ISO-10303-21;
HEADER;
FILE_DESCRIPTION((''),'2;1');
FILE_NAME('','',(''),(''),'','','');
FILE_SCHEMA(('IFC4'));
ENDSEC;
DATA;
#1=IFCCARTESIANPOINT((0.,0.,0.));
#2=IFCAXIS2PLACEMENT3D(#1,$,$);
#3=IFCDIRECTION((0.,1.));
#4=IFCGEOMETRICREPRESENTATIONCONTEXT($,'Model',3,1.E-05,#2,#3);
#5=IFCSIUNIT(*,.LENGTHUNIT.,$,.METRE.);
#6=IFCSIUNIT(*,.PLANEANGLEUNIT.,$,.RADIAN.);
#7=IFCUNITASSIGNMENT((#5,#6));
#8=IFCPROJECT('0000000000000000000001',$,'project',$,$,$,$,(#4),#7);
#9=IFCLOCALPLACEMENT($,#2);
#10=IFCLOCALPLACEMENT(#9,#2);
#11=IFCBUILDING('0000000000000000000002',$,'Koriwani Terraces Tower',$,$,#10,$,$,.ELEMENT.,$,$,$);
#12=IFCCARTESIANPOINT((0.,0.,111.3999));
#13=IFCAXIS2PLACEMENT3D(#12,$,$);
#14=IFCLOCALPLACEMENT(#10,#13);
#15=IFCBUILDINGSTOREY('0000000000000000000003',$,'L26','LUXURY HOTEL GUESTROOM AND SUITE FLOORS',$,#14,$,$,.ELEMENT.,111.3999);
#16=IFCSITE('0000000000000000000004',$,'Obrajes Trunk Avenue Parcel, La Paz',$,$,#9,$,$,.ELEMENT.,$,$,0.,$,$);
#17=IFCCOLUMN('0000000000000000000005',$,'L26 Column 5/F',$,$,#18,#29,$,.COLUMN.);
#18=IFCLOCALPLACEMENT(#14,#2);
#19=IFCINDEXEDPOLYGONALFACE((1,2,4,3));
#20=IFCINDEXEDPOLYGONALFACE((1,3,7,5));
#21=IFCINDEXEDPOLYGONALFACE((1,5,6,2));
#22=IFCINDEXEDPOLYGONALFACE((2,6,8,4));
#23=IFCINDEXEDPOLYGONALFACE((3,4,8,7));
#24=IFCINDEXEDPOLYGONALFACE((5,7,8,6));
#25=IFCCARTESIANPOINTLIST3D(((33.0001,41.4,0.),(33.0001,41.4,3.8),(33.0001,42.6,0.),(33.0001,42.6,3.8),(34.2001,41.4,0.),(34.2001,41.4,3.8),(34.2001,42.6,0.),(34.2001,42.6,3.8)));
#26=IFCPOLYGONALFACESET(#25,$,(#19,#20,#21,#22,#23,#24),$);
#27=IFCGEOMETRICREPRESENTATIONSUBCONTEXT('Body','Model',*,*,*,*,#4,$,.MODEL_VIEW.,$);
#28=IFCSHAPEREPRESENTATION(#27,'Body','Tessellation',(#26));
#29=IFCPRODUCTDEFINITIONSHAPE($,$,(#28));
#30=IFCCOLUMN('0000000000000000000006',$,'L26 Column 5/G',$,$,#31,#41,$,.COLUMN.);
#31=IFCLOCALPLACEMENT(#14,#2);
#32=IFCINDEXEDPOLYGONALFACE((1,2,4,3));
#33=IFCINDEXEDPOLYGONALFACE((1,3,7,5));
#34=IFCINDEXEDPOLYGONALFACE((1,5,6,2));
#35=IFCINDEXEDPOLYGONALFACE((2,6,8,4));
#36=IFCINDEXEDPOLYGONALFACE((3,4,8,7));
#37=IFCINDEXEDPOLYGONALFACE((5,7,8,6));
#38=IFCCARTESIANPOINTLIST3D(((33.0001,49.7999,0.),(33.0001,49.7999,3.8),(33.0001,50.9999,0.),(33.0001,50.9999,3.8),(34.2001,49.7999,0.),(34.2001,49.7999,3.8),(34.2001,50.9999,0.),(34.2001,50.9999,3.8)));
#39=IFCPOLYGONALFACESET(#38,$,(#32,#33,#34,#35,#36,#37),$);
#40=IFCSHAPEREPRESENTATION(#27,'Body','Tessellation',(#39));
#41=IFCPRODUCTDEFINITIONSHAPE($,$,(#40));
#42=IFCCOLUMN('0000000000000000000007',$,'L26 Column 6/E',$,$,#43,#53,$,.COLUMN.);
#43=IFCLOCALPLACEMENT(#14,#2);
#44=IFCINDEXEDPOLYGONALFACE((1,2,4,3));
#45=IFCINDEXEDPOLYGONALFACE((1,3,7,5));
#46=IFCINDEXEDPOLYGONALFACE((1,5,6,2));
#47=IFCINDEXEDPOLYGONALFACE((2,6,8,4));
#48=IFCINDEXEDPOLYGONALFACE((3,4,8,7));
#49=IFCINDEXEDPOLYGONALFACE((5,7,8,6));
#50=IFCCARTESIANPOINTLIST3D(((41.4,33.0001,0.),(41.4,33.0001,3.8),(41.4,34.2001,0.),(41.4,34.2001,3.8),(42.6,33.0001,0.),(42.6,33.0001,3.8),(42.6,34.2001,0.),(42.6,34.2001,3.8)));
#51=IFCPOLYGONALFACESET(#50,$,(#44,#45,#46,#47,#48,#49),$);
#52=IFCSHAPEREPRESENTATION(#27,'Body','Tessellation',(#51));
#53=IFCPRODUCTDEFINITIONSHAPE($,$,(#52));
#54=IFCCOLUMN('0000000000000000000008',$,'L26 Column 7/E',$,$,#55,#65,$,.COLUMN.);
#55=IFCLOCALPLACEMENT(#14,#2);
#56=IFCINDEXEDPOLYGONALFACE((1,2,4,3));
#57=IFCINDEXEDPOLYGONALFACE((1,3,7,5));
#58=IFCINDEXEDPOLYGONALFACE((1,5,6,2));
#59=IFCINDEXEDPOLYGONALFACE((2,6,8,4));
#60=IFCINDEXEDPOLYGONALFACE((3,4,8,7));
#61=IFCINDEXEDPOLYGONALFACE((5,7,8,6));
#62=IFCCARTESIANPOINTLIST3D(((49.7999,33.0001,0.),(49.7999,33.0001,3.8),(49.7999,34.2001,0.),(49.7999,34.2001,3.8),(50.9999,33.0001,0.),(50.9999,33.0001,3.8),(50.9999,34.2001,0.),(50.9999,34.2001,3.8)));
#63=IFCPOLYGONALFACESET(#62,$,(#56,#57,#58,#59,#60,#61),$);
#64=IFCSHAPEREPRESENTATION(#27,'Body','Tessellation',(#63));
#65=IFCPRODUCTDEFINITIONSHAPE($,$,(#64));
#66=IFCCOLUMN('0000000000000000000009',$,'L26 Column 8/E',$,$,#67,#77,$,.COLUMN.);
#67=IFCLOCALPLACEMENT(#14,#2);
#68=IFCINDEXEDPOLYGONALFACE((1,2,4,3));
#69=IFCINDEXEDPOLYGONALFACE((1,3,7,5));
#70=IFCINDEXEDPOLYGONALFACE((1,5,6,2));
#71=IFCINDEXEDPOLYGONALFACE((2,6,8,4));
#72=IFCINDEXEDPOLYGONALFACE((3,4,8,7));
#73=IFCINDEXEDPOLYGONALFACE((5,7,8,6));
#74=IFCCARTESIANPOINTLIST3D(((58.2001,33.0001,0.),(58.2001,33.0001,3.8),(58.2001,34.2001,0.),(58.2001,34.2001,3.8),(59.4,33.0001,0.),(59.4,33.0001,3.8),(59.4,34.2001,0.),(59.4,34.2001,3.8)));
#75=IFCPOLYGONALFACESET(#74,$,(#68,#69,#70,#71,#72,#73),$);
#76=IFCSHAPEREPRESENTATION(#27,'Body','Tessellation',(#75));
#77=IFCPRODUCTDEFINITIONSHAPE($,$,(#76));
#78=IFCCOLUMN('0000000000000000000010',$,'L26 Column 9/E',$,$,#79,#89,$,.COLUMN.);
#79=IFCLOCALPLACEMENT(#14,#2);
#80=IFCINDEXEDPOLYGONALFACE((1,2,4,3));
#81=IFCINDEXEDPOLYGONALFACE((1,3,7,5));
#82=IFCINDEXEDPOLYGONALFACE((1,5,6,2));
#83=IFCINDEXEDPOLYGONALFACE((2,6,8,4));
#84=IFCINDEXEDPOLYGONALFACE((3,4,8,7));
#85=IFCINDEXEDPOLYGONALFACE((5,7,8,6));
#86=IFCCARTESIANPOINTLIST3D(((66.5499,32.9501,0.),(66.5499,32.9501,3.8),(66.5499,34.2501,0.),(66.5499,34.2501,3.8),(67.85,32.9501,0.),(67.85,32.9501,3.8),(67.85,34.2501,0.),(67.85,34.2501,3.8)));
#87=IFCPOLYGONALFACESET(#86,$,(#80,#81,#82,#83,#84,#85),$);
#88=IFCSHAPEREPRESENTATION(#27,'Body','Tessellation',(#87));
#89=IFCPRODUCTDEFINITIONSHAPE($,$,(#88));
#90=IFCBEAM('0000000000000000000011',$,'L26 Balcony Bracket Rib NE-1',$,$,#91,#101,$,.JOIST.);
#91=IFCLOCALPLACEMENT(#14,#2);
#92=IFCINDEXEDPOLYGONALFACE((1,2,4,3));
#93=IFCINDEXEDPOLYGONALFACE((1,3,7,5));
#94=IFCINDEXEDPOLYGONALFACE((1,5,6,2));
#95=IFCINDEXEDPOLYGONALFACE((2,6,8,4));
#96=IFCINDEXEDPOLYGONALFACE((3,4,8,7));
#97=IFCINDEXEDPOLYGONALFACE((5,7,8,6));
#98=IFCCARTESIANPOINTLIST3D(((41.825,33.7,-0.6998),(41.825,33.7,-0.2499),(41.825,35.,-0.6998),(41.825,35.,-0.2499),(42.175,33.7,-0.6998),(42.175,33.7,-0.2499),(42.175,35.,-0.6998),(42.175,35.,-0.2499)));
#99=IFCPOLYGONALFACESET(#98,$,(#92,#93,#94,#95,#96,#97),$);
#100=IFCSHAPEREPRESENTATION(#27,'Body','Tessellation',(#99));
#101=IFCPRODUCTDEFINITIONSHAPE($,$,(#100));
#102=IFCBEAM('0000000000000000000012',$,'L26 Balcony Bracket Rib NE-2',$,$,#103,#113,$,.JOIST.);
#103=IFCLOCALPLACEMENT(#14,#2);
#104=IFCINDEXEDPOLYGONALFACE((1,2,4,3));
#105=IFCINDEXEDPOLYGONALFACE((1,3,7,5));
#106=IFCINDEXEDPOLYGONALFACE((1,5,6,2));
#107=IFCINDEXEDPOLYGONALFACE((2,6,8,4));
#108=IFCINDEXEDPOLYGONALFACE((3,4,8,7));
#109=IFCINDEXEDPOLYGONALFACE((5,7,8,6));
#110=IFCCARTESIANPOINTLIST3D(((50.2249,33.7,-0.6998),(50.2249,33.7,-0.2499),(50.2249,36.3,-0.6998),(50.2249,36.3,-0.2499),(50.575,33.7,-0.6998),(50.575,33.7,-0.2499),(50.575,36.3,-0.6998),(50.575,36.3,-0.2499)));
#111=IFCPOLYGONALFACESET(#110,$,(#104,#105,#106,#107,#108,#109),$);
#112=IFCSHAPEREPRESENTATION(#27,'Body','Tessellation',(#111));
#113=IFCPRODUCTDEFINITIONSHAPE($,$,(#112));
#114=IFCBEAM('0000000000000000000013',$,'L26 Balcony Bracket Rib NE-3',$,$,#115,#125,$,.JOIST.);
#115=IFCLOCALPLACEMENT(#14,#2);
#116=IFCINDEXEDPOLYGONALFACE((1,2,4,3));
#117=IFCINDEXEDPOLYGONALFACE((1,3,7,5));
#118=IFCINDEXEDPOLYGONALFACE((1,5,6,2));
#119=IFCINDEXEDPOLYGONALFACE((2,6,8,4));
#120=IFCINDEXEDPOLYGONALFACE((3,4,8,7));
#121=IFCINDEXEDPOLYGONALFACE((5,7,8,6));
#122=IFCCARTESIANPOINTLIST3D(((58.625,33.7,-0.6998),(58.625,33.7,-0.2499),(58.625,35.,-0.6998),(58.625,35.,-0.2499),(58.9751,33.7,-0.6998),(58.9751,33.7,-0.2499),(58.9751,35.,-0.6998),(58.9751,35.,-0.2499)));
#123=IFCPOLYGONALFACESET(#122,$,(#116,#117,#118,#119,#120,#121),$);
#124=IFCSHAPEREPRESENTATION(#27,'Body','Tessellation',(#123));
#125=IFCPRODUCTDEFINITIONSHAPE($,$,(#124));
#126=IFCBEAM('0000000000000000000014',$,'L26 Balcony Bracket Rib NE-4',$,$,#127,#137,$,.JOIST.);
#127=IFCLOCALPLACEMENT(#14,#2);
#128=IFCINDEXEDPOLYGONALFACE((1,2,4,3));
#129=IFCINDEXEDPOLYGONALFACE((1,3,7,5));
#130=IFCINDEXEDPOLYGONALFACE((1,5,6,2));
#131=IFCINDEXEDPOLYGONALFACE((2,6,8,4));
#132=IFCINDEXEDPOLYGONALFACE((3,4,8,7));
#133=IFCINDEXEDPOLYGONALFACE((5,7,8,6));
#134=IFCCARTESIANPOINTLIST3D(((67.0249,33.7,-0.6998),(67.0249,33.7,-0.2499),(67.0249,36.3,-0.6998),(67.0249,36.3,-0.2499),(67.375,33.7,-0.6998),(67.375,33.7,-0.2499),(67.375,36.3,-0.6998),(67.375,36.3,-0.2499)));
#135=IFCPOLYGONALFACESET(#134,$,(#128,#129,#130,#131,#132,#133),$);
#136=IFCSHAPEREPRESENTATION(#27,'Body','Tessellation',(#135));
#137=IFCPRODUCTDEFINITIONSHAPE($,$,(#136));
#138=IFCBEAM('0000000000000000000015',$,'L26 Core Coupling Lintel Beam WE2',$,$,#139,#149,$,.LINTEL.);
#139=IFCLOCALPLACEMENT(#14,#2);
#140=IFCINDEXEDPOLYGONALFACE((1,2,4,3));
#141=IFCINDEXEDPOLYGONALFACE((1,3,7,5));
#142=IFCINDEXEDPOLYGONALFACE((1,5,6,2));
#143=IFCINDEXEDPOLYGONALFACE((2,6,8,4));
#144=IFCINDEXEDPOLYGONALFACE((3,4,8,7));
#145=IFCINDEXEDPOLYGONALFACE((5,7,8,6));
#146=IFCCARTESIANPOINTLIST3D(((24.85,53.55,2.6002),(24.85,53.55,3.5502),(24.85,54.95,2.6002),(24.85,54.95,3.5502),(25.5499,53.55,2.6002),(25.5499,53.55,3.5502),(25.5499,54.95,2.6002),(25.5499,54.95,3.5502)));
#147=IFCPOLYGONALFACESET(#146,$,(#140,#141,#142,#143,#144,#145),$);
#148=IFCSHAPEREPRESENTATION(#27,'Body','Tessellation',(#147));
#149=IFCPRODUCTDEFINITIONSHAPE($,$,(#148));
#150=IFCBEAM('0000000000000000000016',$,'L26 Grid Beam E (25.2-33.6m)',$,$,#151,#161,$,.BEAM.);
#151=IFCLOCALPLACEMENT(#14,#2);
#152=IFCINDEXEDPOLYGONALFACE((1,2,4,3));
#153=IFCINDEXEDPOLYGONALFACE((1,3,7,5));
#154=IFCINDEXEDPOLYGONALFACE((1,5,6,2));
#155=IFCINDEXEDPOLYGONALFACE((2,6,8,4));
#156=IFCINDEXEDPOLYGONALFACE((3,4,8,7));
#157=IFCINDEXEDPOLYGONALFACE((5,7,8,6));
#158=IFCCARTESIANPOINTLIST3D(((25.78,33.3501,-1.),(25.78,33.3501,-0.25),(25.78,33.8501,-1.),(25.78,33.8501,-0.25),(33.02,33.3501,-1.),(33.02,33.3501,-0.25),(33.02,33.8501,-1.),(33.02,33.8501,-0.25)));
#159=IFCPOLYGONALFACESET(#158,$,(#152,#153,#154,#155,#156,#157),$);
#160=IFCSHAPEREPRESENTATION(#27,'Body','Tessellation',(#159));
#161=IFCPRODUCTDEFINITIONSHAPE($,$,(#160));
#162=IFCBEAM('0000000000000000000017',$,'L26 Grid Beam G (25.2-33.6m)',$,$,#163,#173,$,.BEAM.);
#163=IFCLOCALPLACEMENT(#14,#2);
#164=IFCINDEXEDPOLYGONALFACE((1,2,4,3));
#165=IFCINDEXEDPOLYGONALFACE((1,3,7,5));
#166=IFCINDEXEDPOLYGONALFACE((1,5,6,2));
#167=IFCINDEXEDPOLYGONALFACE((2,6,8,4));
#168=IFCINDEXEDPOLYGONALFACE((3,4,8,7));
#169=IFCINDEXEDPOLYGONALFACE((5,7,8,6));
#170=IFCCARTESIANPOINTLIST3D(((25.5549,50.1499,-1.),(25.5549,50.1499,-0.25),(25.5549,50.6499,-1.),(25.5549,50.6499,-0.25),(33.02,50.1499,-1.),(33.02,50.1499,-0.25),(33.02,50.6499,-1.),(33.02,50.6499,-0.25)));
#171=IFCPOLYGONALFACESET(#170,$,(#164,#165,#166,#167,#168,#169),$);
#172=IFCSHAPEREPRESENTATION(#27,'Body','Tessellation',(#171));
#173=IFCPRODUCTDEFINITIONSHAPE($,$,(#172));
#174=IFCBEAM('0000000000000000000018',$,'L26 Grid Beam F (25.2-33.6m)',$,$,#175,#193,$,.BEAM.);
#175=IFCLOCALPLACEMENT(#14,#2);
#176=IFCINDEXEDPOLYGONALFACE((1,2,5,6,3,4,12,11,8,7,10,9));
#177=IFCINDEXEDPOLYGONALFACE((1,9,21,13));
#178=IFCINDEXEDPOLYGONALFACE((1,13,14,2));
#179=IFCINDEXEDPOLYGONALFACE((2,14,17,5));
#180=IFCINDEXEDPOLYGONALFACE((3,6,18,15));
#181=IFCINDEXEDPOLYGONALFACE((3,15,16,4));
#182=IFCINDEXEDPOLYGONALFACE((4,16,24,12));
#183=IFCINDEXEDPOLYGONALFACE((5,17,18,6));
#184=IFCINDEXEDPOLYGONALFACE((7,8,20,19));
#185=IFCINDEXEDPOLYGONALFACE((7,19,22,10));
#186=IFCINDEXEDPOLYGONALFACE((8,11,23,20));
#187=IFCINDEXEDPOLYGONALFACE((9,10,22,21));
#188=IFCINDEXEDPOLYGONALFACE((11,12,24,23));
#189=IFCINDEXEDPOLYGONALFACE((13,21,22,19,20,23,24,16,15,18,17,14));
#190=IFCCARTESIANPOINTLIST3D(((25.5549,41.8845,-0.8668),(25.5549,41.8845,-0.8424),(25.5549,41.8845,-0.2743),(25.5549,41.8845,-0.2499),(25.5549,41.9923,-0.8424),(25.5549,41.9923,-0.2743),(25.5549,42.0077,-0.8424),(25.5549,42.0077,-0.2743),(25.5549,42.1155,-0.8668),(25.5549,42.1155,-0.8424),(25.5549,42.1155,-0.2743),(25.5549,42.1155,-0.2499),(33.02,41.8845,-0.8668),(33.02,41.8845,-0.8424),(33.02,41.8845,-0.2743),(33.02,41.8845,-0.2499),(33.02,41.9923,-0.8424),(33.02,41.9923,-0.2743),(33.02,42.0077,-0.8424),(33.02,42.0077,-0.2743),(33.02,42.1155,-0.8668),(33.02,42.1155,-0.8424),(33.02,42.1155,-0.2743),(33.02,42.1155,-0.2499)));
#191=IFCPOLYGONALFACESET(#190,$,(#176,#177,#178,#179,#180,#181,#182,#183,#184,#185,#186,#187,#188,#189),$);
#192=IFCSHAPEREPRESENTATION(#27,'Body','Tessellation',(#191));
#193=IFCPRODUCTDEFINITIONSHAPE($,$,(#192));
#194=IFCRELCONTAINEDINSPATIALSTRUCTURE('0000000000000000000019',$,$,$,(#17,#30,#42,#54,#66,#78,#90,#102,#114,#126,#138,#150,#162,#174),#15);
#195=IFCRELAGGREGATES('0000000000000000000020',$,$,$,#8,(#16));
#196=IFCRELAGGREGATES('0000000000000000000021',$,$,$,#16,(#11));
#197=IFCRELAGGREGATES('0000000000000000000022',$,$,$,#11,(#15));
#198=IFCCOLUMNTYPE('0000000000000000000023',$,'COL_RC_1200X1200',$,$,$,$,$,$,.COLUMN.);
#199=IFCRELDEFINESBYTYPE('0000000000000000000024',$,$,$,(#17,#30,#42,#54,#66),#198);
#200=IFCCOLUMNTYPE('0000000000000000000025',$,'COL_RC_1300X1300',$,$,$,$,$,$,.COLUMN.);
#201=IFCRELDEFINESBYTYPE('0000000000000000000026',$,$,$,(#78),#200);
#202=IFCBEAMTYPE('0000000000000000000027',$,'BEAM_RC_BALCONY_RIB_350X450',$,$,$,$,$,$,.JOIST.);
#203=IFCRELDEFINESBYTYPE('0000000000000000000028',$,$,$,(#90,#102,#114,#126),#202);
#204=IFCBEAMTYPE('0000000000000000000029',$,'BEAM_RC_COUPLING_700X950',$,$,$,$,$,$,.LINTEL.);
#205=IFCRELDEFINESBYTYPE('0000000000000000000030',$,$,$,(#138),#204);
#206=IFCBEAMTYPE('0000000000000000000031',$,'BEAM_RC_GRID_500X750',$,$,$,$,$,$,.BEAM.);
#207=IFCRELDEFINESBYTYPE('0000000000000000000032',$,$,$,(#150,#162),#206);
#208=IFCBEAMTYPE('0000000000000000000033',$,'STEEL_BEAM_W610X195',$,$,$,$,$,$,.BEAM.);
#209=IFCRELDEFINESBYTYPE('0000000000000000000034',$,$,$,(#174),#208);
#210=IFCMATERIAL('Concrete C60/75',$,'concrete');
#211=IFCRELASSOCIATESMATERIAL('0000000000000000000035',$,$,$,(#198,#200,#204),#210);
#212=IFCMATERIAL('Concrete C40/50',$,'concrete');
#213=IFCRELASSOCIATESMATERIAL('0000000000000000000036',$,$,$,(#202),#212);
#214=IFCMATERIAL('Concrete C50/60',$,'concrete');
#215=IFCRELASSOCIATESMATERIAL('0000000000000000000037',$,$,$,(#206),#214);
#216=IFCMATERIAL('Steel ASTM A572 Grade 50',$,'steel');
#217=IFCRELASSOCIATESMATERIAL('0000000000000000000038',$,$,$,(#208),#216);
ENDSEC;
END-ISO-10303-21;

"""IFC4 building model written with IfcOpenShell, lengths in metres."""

from ifc_helpers import new_model, si_unit, direction, frame, origin, origin_2d, place, context, subcontext, project, spatial, rectangle, i_section, extrude, material, material_profile, profile_set, type_object, element, save


model = new_model("IFC4")

# Units and contexts
model_context = context("Model", 3, precision=1e-05, world=origin(), true_north=direction((0.0, 1.0)))
body_context = subcontext(model_context, "Body", "Model", "MODEL_VIEW")
ifc_project = project(units=[si_unit("LENGTHUNIT", "METRE"), si_unit("PLANEANGLEUNIT", "RADIAN")], contexts=[model_context])

# Site, building, storey
site_placement = place(None, origin())
site = spatial("IfcSite", under=ifc_project, at=site_placement, Name="Obrajes Trunk Avenue Parcel, La Paz", CompositionType="ELEMENT", RefElevation=0.0)
building_placement = place(site_placement, origin())
building = spatial("IfcBuilding", under=site, at=building_placement, Name="Koriwani Terraces Tower", CompositionType="ELEMENT")
storey_placement = place(building_placement, frame((0.0, 0.0, 111.3999)))
storey = spatial("IfcBuildingStorey", under=building, at=storey_placement, Name="L26", Description="LUXURY HOTEL GUESTROOM AND SUITE FLOORS", CompositionType="ELEMENT", Elevation=111.3999)

# Columns
ifc_material_1 = material(Name="Concrete C60/75", Category="concrete")
ifc_material_profile_1 = material_profile(ifc_material_1, rectangle(XDim=1.2, YDim=1.2, at=origin_2d()), Name="Concrete C60/75", Category="LoadBearing")
ifc_profile_set_1 = profile_set([ifc_material_profile_1], Name="Concrete C60/75")
column_type_1 = type_object("IfcColumnType", Name="COL_RC_1200X1200", PredefinedType="COLUMN", material=ifc_profile_set_1)
for number, where, z_axis, x_axis, name in (
    (1, (33.6001, 42.0, 0.0), (0.0, 0.0, 1.0), (1.0, 0.0, 0.0), "L26 Column 5/F"),
    (2, (33.6001, 50.3999, 0.0), (0.0, 0.0, 1.0), (1.0, 0.0, 0.0), "L26 Column 5/G"),
    (3, (42.0, 33.6001, 0.0), (0.0, 0.0, 1.0), (1.0, 0.0, 0.0), "L26 Column 6/E"),
    (4, (50.3999, 33.6001, 0.0), (0.0, 0.0, 1.0), (1.0, 0.0, 0.0), "L26 Column 7/E"),
    (5, (58.8, 33.6001, 0.0), (0.0, 0.0, 1.0), (1.0, 0.0, 0.0), "L26 Column 8/E"),
):
    element("IfcColumn", number, at=place(storey_placement, frame(where, z_axis=z_axis, x_axis=x_axis)), inside=storey, type_object=column_type_1, Name=name, PredefinedType="COLUMN", context=body_context, shape_type="SweptSolid", body=[
        extrude(rectangle(XDim=1.2, YDim=1.2, at=origin_2d()), origin(), (0.0, 0.0, 1.0), 3.8),
    ])
ifc_material_profile_2 = material_profile(ifc_material_1, rectangle(XDim=1.3, YDim=1.3, at=origin_2d()), Name="Concrete C60/75", Category="LoadBearing")
ifc_profile_set_2 = profile_set([ifc_material_profile_2], Name="Concrete C60/75")
column_type_2 = type_object("IfcColumnType", Name="COL_RC_1300X1300", PredefinedType="COLUMN", material=ifc_profile_set_2)
column_placement = place(storey_placement, frame((67.2, 33.6001, 0.0), z_axis=(0.0, 0.0, 1.0), x_axis=(1.0, 0.0, 0.0)))
element("IfcColumn", 6, at=column_placement, inside=storey, type_object=column_type_2, Name="L26 Column 9/E", PredefinedType="COLUMN", context=body_context, shape_type="SweptSolid", body=[
    extrude(rectangle(XDim=1.3, YDim=1.3, at=origin_2d()), origin(), (0.0, 0.0, 1.0), 3.8),
])

# Beams
ifc_material_2 = material(Name="Concrete C40/50", Category="concrete")
ifc_material_profile_3 = material_profile(ifc_material_2, rectangle(XDim=0.3501, YDim=0.45, at=origin_2d()), Name="Concrete C40/50", Category="LoadBearing")
ifc_profile_set_3 = profile_set([ifc_material_profile_3], Name="Concrete C40/50")
beam_type_1 = type_object("IfcBeamType", Name="BEAM_RC_BALCONY_RIB_350X450", PredefinedType="JOIST", material=ifc_profile_set_3)
beam_1_placement = place(storey_placement, frame((42.0, 33.7, -0.4749), z_axis=(0.0, 1.0, 0.0), x_axis=(-1.0, 0.0, 0.0)))
element("IfcBeam", 7, at=beam_1_placement, inside=storey, type_object=beam_type_1, Name="L26 Balcony Bracket Rib NE-1", PredefinedType="JOIST", context=body_context, shape_type="SweptSolid", body=[
    extrude(rectangle(XDim=0.3501, YDim=0.45, at=origin_2d()), origin(), (0.0, 0.0, 1.0), 1.3),
])
beam_2_placement = place(storey_placement, frame((50.3999, 33.7, -0.4749), z_axis=(0.0, 1.0, 0.0), x_axis=(-1.0, 0.0, 0.0)))
element("IfcBeam", 8, at=beam_2_placement, inside=storey, type_object=beam_type_1, Name="L26 Balcony Bracket Rib NE-2", PredefinedType="JOIST", context=body_context, shape_type="SweptSolid", body=[
    extrude(rectangle(XDim=0.3501, YDim=0.45, at=origin_2d()), origin(), (0.0, 0.0, 1.0), 2.6001),
])
beam_3_placement = place(storey_placement, frame((58.8, 33.7, -0.4749), z_axis=(0.0, 1.0, 0.0), x_axis=(-1.0, 0.0, 0.0)))
element("IfcBeam", 9, at=beam_3_placement, inside=storey, type_object=beam_type_1, Name="L26 Balcony Bracket Rib NE-3", PredefinedType="JOIST", context=body_context, shape_type="SweptSolid", body=[
    extrude(rectangle(XDim=0.3501, YDim=0.45, at=origin_2d()), origin(), (0.0, 0.0, 1.0), 1.3),
])
beam_4_placement = place(storey_placement, frame((67.2, 33.7, -0.4749), z_axis=(0.0, 1.0, 0.0), x_axis=(-1.0, 0.0, 0.0)))
element("IfcBeam", 10, at=beam_4_placement, inside=storey, type_object=beam_type_1, Name="L26 Balcony Bracket Rib NE-4", PredefinedType="JOIST", context=body_context, shape_type="SweptSolid", body=[
    extrude(rectangle(XDim=0.3501, YDim=0.45, at=origin_2d()), origin(), (0.0, 0.0, 1.0), 2.6001),
])
ifc_material_profile_4 = material_profile(ifc_material_1, rectangle(XDim=0.7, YDim=0.95, at=origin_2d()), Name="Concrete C60/75", Category="LoadBearing")
ifc_profile_set_4 = profile_set([ifc_material_profile_4], Name="Concrete C60/75")
beam_type_2 = type_object("IfcBeamType", Name="BEAM_RC_COUPLING_700X950", PredefinedType="LINTEL", material=ifc_profile_set_4)
beam_5_placement = place(storey_placement, frame((25.2, 53.55, 3.0752), z_axis=(0.0, 1.0, 0.0), x_axis=(-1.0, 0.0, 0.0)))
element("IfcBeam", 11, at=beam_5_placement, inside=storey, type_object=beam_type_2, Name="L26 Core Coupling Lintel Beam WE2", PredefinedType="LINTEL", context=body_context, shape_type="SweptSolid", body=[
    extrude(rectangle(XDim=0.7, YDim=0.95, at=origin_2d()), origin(), (0.0, 0.0, 1.0), 1.3999),
])
ifc_material_3 = material(Name="Concrete C50/60", Category="concrete")
ifc_material_profile_5 = material_profile(ifc_material_3, rectangle(XDim=0.5, YDim=0.75, at=origin_2d()), Name="Concrete C50/60", Category="LoadBearing")
ifc_profile_set_5 = profile_set([ifc_material_profile_5], Name="Concrete C50/60")
beam_type_3 = type_object("IfcBeamType", Name="BEAM_RC_GRID_500X750", PredefinedType="BEAM", material=ifc_profile_set_5)
beam_6_placement = place(storey_placement, frame((25.78, 33.6001, -0.625), z_axis=(1.0, 0.0, 0.0), x_axis=(0.0, 1.0, 0.0)))
element("IfcBeam", 12, at=beam_6_placement, inside=storey, type_object=beam_type_3, Name="L26 Grid Beam E (25.2-33.6m)", PredefinedType="BEAM", context=body_context, shape_type="SweptSolid", body=[
    extrude(rectangle(XDim=0.5, YDim=0.75, at=origin_2d()), origin(), (0.0, 0.0, 1.0), 7.24),
])
beam_7_placement = place(storey_placement, frame((25.5549, 50.3999, -0.625), z_axis=(1.0, 0.0, 0.0), x_axis=(0.0, 1.0, 0.0)))
element("IfcBeam", 13, at=beam_7_placement, inside=storey, type_object=beam_type_3, Name="L26 Grid Beam G (25.2-33.6m)", PredefinedType="BEAM", context=body_context, shape_type="SweptSolid", body=[
    extrude(rectangle(XDim=0.5, YDim=0.75, at=origin_2d()), origin(), (0.0, 0.0, 1.0), 7.4651),
])
ifc_material_4 = material(Name="Steel ASTM A572 Grade 50", Category="steel")
ifc_material_profile_6 = material_profile(ifc_material_4, i_section(OverallWidth=0.231, OverallDepth=0.6169, WebThickness=0.0154, FlangeThickness=0.0244, at=origin_2d()), Name="Steel ASTM A572 Grade 50", Category="LoadBearing")
ifc_profile_set_6 = profile_set([ifc_material_profile_6], Name="Steel ASTM A572 Grade 50")
beam_type_4 = type_object("IfcBeamType", Name="STEEL_BEAM_W610X195", PredefinedType="BEAM", material=ifc_profile_set_6)
beam_8_placement = place(storey_placement, frame((25.5549, 42.0, -0.5583), z_axis=(1.0, 0.0, 0.0), x_axis=(0.0, 1.0, 0.0)))
element("IfcBeam", 14, at=beam_8_placement, inside=storey, type_object=beam_type_4, Name="L26 Grid Beam F (25.2-33.6m)", PredefinedType="BEAM", context=body_context, shape_type="SweptSolid", body=[
    extrude(i_section(OverallWidth=0.231, OverallDepth=0.6169, WebThickness=0.0154, FlangeThickness=0.0244, at=origin_2d()), origin(), (0.0, 0.0, 1.0), 7.4651),
])

save(model, "model.ifc")
